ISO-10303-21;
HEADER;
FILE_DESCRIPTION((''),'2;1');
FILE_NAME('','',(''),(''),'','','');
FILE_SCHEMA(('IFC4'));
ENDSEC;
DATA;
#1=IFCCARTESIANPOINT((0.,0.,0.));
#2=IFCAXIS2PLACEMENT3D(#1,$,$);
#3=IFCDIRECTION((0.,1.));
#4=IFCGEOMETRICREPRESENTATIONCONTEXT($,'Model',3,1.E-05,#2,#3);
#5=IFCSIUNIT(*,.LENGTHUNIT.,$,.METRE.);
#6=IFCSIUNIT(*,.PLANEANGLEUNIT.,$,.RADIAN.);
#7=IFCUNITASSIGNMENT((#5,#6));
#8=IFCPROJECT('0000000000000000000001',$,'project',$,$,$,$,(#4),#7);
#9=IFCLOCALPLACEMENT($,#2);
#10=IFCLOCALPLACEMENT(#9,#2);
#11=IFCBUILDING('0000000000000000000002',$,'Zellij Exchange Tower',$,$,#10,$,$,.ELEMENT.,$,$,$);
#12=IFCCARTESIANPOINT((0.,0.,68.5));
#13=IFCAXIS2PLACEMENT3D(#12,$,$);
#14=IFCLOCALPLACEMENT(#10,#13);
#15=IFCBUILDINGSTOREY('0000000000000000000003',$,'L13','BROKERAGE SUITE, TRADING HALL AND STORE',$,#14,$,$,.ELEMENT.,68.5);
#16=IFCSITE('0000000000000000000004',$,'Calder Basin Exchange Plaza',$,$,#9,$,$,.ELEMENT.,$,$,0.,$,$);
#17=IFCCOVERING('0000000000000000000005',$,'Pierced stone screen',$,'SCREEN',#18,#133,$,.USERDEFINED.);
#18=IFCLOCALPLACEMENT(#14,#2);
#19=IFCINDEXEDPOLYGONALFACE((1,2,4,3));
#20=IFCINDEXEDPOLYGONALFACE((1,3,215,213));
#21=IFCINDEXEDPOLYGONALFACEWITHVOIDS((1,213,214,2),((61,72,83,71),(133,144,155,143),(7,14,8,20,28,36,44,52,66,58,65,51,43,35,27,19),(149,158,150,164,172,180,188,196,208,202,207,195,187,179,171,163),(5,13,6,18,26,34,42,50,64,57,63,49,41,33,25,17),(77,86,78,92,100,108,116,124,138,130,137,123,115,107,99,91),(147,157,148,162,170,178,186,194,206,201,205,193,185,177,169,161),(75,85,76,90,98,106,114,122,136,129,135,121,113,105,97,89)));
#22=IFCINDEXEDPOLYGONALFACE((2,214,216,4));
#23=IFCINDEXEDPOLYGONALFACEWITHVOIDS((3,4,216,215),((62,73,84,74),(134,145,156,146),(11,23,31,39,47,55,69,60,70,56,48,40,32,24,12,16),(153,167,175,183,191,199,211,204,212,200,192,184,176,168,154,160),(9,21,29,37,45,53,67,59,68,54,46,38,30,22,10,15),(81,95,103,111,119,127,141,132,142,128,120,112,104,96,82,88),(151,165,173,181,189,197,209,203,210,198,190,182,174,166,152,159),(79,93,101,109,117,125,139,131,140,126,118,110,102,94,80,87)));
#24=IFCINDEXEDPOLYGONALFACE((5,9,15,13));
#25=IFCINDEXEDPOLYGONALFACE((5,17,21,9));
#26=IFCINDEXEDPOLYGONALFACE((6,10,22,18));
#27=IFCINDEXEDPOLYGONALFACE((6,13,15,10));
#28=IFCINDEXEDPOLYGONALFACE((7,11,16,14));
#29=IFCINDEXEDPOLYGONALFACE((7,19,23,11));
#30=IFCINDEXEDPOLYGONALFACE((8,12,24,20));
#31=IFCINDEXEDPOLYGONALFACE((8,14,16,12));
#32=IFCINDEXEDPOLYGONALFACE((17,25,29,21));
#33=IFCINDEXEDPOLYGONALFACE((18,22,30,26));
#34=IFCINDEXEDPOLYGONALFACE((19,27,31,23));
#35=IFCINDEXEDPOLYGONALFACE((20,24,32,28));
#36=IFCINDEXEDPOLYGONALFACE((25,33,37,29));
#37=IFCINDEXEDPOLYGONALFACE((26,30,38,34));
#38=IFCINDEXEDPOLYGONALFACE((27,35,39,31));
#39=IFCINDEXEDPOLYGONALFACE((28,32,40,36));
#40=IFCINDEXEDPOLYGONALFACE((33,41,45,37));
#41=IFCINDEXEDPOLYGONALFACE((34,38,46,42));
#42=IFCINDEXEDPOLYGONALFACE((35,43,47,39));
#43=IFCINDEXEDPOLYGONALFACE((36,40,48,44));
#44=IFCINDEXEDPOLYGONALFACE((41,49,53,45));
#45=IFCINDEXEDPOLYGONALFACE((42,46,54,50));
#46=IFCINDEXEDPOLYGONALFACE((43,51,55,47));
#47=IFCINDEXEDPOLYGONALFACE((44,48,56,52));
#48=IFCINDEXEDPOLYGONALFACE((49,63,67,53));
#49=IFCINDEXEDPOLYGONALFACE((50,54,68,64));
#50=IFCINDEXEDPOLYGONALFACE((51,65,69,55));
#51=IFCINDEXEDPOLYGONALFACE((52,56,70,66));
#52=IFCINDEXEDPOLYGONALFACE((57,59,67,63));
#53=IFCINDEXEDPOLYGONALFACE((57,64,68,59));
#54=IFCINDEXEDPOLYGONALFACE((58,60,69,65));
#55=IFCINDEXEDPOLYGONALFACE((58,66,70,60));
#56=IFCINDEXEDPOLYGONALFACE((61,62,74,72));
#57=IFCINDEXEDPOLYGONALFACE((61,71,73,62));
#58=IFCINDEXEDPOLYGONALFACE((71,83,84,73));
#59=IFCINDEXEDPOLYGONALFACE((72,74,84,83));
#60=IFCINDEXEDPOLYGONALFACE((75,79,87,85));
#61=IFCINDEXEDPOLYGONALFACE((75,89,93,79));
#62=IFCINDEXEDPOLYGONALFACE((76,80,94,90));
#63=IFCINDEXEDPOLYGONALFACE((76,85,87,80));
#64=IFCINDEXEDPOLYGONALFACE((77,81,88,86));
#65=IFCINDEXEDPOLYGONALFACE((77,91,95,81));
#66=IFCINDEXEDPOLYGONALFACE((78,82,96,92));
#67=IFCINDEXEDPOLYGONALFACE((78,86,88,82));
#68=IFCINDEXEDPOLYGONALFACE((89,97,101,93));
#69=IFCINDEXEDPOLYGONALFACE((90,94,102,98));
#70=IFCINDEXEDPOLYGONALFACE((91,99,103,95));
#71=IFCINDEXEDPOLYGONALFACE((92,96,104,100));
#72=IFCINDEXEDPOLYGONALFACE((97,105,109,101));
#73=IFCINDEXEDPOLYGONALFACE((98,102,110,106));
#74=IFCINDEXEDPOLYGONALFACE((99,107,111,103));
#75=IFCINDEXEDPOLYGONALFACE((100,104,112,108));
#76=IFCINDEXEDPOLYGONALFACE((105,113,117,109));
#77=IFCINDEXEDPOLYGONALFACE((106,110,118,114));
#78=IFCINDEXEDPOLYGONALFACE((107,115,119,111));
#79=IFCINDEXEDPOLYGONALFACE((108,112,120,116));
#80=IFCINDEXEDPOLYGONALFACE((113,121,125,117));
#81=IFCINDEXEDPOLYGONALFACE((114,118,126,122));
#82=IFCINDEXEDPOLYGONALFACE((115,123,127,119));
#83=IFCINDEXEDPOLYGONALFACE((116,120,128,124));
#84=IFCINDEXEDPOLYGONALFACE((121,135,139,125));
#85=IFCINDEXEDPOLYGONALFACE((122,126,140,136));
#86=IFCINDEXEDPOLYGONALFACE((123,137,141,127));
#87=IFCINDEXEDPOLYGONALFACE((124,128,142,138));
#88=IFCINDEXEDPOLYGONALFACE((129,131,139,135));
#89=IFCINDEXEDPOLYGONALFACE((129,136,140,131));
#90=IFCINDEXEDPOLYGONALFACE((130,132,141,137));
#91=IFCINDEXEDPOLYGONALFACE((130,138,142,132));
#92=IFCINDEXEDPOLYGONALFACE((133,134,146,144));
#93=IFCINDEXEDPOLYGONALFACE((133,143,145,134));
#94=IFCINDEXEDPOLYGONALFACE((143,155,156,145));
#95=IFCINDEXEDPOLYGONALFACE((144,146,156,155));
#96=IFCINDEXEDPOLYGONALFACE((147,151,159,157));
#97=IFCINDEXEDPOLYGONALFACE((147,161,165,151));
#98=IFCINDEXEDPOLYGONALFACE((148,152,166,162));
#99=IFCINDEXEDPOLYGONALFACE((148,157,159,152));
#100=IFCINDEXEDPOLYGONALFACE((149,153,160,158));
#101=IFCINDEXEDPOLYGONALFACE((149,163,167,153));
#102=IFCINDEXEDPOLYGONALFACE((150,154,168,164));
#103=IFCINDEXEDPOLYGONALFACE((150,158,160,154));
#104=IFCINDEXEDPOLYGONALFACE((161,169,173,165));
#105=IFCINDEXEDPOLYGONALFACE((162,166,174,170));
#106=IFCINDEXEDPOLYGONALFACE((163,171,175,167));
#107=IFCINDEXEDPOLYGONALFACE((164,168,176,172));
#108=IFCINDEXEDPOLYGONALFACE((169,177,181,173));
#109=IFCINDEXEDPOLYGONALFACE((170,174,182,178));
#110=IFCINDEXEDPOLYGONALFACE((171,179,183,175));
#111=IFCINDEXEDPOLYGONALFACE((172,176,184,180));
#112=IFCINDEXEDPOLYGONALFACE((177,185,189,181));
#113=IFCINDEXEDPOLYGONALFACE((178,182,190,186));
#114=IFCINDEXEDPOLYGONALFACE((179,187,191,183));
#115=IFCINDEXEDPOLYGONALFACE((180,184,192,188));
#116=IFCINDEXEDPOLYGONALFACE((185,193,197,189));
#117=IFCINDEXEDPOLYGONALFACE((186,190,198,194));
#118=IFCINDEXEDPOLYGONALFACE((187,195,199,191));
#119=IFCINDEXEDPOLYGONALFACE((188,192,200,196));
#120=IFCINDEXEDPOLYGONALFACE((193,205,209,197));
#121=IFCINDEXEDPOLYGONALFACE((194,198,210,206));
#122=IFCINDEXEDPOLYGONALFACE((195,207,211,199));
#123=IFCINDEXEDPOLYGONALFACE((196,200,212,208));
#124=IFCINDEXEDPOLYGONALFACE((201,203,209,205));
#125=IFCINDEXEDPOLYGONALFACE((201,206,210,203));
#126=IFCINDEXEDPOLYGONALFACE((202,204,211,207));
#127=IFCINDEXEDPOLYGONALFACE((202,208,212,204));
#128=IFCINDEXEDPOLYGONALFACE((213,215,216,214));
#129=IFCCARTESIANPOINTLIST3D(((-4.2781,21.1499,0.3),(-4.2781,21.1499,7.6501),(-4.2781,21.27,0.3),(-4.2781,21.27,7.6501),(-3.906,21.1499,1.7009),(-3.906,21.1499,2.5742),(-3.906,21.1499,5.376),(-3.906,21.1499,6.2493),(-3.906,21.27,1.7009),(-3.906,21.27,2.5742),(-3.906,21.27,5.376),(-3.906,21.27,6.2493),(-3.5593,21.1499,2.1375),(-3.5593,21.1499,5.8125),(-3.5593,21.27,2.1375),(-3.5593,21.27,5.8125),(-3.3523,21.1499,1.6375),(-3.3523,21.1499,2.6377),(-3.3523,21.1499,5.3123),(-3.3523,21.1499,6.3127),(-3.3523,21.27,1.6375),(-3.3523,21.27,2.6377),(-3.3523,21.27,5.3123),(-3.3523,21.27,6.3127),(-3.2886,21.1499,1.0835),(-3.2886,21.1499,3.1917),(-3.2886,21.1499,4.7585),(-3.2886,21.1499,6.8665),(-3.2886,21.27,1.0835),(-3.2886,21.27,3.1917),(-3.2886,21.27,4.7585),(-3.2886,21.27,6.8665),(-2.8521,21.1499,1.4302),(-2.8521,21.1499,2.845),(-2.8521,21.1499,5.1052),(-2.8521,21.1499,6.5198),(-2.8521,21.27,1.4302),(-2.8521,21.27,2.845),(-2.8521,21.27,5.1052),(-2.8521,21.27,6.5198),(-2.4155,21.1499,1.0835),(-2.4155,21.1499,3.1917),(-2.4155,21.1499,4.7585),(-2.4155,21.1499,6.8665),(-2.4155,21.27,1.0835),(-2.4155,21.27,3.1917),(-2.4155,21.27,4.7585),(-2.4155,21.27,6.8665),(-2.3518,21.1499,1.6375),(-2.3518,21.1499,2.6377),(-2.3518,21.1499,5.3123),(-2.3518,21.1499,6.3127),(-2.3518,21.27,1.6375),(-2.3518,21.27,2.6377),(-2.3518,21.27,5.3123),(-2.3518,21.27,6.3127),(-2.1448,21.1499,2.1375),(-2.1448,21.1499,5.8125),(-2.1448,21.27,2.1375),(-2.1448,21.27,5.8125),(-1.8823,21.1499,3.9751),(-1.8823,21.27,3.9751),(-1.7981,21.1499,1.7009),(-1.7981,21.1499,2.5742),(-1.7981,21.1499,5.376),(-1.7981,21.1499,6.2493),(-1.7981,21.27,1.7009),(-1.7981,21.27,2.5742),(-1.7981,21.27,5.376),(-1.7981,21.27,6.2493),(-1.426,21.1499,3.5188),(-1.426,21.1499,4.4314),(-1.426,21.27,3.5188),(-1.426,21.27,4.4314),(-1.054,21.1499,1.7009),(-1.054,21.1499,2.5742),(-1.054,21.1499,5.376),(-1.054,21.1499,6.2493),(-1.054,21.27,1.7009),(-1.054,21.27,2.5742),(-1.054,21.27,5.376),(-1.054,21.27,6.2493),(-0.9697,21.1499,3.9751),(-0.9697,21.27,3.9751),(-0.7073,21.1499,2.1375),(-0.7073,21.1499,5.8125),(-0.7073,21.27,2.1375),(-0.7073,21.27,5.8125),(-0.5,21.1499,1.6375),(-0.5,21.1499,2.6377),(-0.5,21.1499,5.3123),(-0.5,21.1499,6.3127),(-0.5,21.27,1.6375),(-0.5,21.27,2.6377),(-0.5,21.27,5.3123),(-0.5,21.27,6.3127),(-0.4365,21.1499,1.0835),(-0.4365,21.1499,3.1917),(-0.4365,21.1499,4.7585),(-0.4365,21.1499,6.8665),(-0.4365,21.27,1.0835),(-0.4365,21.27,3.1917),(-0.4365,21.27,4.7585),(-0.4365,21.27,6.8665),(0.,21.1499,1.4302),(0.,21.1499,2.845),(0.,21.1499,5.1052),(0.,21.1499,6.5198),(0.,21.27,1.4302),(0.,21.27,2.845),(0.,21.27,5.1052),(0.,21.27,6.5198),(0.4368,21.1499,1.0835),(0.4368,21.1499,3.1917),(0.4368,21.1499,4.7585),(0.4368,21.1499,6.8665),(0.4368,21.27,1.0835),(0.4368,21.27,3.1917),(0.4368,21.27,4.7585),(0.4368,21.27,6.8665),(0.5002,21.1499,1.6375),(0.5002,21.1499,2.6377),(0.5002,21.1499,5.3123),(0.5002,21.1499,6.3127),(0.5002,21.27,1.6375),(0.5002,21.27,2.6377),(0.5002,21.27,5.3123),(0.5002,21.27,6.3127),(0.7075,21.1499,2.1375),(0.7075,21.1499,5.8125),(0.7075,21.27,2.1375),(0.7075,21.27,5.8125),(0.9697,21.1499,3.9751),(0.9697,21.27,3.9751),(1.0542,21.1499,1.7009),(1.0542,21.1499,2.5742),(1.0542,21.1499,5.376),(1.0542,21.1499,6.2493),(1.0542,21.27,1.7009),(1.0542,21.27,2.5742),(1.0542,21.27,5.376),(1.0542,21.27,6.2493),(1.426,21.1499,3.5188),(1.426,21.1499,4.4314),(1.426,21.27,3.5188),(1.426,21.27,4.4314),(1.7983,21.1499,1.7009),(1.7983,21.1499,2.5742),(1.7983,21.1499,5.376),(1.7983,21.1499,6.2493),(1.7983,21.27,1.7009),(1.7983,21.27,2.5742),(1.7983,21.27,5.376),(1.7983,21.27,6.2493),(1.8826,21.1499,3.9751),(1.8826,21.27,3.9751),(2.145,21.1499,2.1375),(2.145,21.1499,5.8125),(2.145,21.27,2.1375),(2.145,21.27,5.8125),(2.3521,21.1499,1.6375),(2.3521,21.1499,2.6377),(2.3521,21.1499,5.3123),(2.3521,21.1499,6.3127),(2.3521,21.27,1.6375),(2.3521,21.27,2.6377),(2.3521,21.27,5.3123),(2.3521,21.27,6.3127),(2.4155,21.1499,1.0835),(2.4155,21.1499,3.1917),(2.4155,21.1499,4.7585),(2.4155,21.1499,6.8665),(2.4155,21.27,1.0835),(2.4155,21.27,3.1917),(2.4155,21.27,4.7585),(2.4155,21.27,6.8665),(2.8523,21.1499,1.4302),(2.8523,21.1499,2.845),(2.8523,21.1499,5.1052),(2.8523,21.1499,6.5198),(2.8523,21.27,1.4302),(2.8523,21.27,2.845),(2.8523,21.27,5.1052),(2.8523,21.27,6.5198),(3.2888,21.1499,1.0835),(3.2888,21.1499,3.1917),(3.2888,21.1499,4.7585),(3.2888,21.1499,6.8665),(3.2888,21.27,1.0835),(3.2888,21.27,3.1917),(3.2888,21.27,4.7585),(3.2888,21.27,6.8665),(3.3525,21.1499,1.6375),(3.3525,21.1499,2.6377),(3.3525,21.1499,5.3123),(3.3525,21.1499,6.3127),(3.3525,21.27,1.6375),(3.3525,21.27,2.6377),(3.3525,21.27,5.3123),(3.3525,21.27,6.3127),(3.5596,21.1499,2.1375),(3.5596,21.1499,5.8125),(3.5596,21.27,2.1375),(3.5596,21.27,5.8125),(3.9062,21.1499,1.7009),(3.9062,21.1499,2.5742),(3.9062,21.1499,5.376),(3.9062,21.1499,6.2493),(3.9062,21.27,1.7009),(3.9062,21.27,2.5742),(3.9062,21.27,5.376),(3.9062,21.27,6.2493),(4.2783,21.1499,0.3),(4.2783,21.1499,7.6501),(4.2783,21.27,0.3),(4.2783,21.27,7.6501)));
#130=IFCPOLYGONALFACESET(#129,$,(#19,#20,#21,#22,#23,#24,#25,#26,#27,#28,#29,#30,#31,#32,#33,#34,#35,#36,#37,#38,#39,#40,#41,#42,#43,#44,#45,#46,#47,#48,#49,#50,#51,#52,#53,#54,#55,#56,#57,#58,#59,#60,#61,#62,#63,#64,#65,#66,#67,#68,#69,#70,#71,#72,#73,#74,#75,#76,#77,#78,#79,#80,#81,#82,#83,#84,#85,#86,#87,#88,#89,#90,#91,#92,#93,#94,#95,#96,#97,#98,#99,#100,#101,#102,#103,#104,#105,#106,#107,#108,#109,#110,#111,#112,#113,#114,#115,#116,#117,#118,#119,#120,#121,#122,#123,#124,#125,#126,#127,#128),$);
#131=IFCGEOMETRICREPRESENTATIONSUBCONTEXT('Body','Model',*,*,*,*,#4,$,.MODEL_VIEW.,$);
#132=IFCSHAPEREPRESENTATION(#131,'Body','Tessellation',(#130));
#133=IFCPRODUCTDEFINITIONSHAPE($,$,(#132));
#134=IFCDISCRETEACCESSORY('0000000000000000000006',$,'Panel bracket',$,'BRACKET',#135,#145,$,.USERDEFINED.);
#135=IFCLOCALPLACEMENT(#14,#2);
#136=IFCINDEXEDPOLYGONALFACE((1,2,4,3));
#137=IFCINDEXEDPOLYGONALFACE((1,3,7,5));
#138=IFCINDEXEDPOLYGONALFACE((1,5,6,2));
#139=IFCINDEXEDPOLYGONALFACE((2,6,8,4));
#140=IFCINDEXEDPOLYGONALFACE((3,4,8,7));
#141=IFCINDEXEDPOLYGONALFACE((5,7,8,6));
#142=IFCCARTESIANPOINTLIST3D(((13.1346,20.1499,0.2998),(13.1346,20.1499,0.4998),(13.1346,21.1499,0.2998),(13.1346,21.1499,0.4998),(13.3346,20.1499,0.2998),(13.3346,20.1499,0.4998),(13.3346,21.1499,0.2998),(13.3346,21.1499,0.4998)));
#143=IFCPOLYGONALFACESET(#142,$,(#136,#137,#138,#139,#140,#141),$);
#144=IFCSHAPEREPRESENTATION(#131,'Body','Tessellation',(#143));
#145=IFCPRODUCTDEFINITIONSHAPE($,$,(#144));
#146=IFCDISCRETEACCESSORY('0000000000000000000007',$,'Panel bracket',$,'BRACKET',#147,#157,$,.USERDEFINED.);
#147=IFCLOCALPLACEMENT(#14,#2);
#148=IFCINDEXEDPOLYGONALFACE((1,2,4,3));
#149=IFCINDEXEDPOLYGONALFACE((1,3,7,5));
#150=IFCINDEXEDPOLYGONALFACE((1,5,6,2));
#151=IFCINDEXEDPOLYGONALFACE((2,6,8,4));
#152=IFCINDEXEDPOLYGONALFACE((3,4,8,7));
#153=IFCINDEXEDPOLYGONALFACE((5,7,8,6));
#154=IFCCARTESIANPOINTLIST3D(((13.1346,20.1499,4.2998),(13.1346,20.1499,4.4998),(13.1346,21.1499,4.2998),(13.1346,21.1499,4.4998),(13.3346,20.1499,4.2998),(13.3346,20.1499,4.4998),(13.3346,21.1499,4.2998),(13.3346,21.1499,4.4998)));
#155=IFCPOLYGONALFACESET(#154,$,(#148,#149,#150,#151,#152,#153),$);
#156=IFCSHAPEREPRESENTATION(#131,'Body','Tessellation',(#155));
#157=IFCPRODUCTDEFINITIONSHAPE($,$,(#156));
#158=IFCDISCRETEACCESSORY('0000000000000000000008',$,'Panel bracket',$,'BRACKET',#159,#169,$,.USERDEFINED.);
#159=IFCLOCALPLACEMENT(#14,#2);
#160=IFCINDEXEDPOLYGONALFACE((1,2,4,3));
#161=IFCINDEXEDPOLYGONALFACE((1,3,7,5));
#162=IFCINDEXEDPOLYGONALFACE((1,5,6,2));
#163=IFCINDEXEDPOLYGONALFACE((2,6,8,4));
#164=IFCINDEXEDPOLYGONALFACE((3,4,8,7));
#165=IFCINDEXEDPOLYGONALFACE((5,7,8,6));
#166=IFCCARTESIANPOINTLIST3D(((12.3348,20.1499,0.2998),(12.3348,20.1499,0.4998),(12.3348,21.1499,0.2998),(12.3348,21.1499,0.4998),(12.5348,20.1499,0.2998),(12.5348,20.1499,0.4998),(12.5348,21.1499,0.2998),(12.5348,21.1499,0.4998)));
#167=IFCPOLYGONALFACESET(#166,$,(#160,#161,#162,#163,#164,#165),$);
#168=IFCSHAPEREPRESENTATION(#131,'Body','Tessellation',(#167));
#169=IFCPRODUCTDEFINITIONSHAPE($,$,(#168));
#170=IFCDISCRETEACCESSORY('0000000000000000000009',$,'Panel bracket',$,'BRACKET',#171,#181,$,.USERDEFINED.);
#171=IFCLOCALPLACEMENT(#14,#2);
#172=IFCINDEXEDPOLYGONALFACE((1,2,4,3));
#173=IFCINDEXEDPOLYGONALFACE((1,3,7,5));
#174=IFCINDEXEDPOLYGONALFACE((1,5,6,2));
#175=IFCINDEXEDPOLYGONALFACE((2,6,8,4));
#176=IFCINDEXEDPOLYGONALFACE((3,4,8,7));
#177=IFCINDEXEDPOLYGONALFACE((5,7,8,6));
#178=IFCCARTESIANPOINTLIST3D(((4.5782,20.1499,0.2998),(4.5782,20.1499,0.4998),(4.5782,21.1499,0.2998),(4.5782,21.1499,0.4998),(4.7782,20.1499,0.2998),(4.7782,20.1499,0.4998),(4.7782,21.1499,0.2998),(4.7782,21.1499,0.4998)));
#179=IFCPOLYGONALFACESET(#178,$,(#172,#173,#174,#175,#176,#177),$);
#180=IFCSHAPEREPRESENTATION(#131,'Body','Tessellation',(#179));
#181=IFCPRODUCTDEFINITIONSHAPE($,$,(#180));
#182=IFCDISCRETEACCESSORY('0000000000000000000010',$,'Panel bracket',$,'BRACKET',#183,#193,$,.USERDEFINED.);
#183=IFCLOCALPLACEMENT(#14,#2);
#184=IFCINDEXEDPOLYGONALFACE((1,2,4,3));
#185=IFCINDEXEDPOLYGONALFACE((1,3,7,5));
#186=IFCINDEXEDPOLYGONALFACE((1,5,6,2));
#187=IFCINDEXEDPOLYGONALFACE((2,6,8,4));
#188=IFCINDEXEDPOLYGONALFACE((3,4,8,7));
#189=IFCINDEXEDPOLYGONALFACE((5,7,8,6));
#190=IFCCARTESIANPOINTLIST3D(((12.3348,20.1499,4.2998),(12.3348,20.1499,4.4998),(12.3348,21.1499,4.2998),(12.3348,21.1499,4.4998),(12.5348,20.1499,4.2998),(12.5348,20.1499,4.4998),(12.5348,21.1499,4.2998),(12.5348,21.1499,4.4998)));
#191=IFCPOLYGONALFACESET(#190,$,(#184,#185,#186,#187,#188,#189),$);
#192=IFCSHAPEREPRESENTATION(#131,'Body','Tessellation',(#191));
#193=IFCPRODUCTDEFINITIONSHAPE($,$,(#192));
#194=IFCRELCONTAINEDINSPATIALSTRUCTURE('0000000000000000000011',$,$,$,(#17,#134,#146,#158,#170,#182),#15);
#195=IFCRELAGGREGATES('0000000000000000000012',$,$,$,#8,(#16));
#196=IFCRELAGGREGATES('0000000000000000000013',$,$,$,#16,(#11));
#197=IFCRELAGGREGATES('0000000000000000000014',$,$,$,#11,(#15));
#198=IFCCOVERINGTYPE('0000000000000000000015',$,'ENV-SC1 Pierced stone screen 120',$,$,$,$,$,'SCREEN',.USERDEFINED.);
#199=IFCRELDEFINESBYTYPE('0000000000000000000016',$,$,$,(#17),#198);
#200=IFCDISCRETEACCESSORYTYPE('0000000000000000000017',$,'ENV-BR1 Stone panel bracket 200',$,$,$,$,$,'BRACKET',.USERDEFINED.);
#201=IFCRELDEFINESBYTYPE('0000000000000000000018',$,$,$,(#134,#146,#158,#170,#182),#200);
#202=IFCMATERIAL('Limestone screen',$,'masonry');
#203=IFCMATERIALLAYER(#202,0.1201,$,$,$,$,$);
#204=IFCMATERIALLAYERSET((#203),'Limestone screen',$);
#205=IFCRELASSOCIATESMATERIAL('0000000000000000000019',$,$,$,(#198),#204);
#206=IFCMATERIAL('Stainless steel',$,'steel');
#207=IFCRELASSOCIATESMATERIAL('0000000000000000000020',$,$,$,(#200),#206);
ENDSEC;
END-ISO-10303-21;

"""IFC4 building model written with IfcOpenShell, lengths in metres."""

from ifc_helpers import new_model, si_unit, direction, frame, origin, origin_2d, place, context, subcontext, project, spatial, polyline, rectangle, outline, extrude, material, layer, layer_set, type_object, element, save


model = new_model("IFC4")

# Units and contexts
model_context = context("Model", 3, precision=1e-05, world=origin(), true_north=direction((0.0, 1.0)))
body_context = subcontext(model_context, "Body", "Model", "MODEL_VIEW")
ifc_project = project(units=[si_unit("LENGTHUNIT", "METRE"), si_unit("PLANEANGLEUNIT", "RADIAN")], contexts=[model_context])

# Site, building, storey
site_placement = place(None, origin())
site = spatial("IfcSite", under=ifc_project, at=site_placement, Name="Calder Basin Exchange Plaza", CompositionType="ELEMENT", RefElevation=0.0)
building_placement = place(site_placement, origin())
building = spatial("IfcBuilding", under=site, at=building_placement, Name="Zellij Exchange Tower", CompositionType="ELEMENT")
storey_placement = place(building_placement, frame((0.0, 0.0, 68.5)))
storey = spatial("IfcBuildingStorey", under=building, at=storey_placement, Name="L13", Description="BROKERAGE SUITE, TRADING HALL AND STORE", CompositionType="ELEMENT", Elevation=68.5)

# Covering
ifc_material_1 = material(Name="Limestone screen", Category="masonry")
ifc_layer_1 = layer(ifc_material_1, 0.1201)
ifc_layer_set_1 = layer_set([ifc_layer_1], Name="Limestone screen")
covering_type_1 = type_object("IfcCoveringType", Name="ENV-SC1 Pierced stone screen 120", ElementType="SCREEN", PredefinedType="USERDEFINED", material=ifc_layer_set_1)
covering_1_placement = place(storey_placement, frame((4.2783, 21.21, 0.3), z_axis=(0.0, 0.0, 1.0), x_axis=(-1.0, 0.0, 0.0)))
element("IfcCovering", 1, at=covering_1_placement, inside=storey, type_object=covering_type_1, Name="Pierced stone screen", ObjectType="SCREEN", PredefinedType="USERDEFINED", context=body_context, shape_type="SweptSolid", body=[
    extrude(outline(polyline([(0.0, 0.0), (8.5564, 0.0), (8.5564, 7.3501), (0.0, 7.3501), (0.0, 0.0)]), holes=[polyline([(2.48, 2.2742), (1.9263, 2.3376), (1.8628, 2.8916), (1.426, 2.5449), (0.9895, 2.8916), (0.9258, 2.3376), (0.3721, 2.2742), (0.7188, 1.8374), (0.3721, 1.4009), (0.9258, 1.3374), (0.9895, 0.7834), (1.426, 1.1301), (1.8628, 0.7834), (1.9263, 1.3374), (2.48, 1.4009), (2.1333, 1.8374), (2.48, 2.2742)]), polyline([(2.48, 5.9492), (1.9263, 6.0127), (1.8628, 6.5664), (1.426, 6.2197), (0.9895, 6.5664), (0.9258, 6.0127), (0.3721, 5.9492), (0.7188, 5.5125), (0.3721, 5.0759), (0.9258, 5.0122), (0.9895, 4.4585), (1.426, 4.8052), (1.8628, 4.4585), (1.9263, 5.0122), (2.48, 5.0759), (2.1333, 5.5125), (2.48, 5.9492)]), polyline([(5.3323, 2.2742), (4.7783, 2.3376), (4.7148, 2.8916), (4.2783, 2.5449), (3.8416, 2.8916), (3.7781, 2.3376), (3.2241, 2.2742), (3.5708, 1.8374), (3.2241, 1.4009), (3.7781, 1.3374), (3.8416, 0.7834), (4.2783, 1.1301), (4.7148, 0.7834), (4.7783, 1.3374), (5.3323, 1.4009), (4.9856, 1.8374), (5.3323, 2.2742)]), polyline([(5.3323, 5.9492), (4.7783, 6.0127), (4.7148, 6.5664), (4.2783, 6.2197), (3.8416, 6.5664), (3.7781, 6.0127), (3.2241, 5.9492), (3.5708, 5.5125), (3.2241, 5.0759), (3.7781, 5.0122), (3.8416, 4.4585), (4.2783, 4.8052), (4.7148, 4.4585), (4.7783, 5.0122), (5.3323, 5.0759), (4.9856, 5.5125), (5.3323, 5.9492)]), polyline([(8.1843, 2.2742), (7.6306, 2.3376), (7.5669, 2.8916), (7.1304, 2.5449), (6.6938, 2.8916), (6.6301, 2.3376), (6.0764, 2.2742), (6.4231, 1.8374), (6.0764, 1.4009), (6.6301, 1.3374), (6.6938, 0.7834), (7.1304, 1.1301), (7.5669, 0.7834), (7.6306, 1.3374), (8.1843, 1.4009), (7.8376, 1.8374), (8.1843, 2.2742)]), polyline([(8.1843, 5.9492), (7.6306, 6.0127), (7.5669, 6.5664), (7.1304, 6.2197), (6.6938, 6.5664), (6.6301, 6.0127), (6.0764, 5.9492), (6.4231, 5.5125), (6.0764, 5.0759), (6.6301, 5.0122), (6.6938, 4.4585), (7.1304, 4.8052), (7.5669, 4.4585), (7.6306, 5.0122), (8.1843, 5.0759), (7.8376, 5.5125), (8.1843, 5.9492)]), polyline([(3.3086, 3.675), (2.8523, 4.1313), (2.3958, 3.675), (2.8523, 3.2188), (3.3086, 3.675)]), polyline([(6.1606, 3.675), (5.7043, 4.1313), (5.248, 3.675), (5.7043, 3.2188), (6.1606, 3.675)])]), frame((0.0, 0.0601, 0.0), z_axis=(0.0, -1.0, 0.0), x_axis=(1.0, 0.0, 0.0)), (0.0, 0.0, 1.0), 0.1201),
])

# Discrete accessories
ifc_material_2 = material(Name="Stainless steel", Category="steel")
discrete_accessory_type = type_object("IfcDiscreteAccessoryType", Name="ENV-BR1 Stone panel bracket 200", ElementType="BRACKET", PredefinedType="USERDEFINED", material=ifc_material_2)
for number, where, z_axis, x_axis, name in (
    (2, (13.2346, 20.6499, 0.2998), (0.0, 0.0, 1.0), (-1.0, 0.0, 0.0), "Panel bracket"),
    (3, (13.2346, 20.6499, 4.2998), (0.0, 0.0, 1.0), (-1.0, 0.0, 0.0), "Panel bracket"),
    (4, (12.4348, 20.6499, 0.2998), (0.0, 0.0, 1.0), (-1.0, 0.0, 0.0), "Panel bracket"),
    (5, (4.6782, 20.6499, 0.2998), (0.0, 0.0, 1.0), (-1.0, 0.0, 0.0), "Panel bracket"),
    (6, (12.4348, 20.6499, 4.2998), (0.0, 0.0, 1.0), (-1.0, 0.0, 0.0), "Panel bracket"),
):
    element("IfcDiscreteAccessory", number, at=place(storey_placement, frame(where, z_axis=z_axis, x_axis=x_axis)), inside=storey, type_object=discrete_accessory_type, Name=name, ObjectType="BRACKET", PredefinedType="USERDEFINED", context=body_context, shape_type="SweptSolid", body=[
        extrude(rectangle(XDim=0.2, YDim=1.0, at=origin_2d()), origin(), (0.0, 0.0, 1.0), 0.2),
    ])

save(model, "model.ifc")
